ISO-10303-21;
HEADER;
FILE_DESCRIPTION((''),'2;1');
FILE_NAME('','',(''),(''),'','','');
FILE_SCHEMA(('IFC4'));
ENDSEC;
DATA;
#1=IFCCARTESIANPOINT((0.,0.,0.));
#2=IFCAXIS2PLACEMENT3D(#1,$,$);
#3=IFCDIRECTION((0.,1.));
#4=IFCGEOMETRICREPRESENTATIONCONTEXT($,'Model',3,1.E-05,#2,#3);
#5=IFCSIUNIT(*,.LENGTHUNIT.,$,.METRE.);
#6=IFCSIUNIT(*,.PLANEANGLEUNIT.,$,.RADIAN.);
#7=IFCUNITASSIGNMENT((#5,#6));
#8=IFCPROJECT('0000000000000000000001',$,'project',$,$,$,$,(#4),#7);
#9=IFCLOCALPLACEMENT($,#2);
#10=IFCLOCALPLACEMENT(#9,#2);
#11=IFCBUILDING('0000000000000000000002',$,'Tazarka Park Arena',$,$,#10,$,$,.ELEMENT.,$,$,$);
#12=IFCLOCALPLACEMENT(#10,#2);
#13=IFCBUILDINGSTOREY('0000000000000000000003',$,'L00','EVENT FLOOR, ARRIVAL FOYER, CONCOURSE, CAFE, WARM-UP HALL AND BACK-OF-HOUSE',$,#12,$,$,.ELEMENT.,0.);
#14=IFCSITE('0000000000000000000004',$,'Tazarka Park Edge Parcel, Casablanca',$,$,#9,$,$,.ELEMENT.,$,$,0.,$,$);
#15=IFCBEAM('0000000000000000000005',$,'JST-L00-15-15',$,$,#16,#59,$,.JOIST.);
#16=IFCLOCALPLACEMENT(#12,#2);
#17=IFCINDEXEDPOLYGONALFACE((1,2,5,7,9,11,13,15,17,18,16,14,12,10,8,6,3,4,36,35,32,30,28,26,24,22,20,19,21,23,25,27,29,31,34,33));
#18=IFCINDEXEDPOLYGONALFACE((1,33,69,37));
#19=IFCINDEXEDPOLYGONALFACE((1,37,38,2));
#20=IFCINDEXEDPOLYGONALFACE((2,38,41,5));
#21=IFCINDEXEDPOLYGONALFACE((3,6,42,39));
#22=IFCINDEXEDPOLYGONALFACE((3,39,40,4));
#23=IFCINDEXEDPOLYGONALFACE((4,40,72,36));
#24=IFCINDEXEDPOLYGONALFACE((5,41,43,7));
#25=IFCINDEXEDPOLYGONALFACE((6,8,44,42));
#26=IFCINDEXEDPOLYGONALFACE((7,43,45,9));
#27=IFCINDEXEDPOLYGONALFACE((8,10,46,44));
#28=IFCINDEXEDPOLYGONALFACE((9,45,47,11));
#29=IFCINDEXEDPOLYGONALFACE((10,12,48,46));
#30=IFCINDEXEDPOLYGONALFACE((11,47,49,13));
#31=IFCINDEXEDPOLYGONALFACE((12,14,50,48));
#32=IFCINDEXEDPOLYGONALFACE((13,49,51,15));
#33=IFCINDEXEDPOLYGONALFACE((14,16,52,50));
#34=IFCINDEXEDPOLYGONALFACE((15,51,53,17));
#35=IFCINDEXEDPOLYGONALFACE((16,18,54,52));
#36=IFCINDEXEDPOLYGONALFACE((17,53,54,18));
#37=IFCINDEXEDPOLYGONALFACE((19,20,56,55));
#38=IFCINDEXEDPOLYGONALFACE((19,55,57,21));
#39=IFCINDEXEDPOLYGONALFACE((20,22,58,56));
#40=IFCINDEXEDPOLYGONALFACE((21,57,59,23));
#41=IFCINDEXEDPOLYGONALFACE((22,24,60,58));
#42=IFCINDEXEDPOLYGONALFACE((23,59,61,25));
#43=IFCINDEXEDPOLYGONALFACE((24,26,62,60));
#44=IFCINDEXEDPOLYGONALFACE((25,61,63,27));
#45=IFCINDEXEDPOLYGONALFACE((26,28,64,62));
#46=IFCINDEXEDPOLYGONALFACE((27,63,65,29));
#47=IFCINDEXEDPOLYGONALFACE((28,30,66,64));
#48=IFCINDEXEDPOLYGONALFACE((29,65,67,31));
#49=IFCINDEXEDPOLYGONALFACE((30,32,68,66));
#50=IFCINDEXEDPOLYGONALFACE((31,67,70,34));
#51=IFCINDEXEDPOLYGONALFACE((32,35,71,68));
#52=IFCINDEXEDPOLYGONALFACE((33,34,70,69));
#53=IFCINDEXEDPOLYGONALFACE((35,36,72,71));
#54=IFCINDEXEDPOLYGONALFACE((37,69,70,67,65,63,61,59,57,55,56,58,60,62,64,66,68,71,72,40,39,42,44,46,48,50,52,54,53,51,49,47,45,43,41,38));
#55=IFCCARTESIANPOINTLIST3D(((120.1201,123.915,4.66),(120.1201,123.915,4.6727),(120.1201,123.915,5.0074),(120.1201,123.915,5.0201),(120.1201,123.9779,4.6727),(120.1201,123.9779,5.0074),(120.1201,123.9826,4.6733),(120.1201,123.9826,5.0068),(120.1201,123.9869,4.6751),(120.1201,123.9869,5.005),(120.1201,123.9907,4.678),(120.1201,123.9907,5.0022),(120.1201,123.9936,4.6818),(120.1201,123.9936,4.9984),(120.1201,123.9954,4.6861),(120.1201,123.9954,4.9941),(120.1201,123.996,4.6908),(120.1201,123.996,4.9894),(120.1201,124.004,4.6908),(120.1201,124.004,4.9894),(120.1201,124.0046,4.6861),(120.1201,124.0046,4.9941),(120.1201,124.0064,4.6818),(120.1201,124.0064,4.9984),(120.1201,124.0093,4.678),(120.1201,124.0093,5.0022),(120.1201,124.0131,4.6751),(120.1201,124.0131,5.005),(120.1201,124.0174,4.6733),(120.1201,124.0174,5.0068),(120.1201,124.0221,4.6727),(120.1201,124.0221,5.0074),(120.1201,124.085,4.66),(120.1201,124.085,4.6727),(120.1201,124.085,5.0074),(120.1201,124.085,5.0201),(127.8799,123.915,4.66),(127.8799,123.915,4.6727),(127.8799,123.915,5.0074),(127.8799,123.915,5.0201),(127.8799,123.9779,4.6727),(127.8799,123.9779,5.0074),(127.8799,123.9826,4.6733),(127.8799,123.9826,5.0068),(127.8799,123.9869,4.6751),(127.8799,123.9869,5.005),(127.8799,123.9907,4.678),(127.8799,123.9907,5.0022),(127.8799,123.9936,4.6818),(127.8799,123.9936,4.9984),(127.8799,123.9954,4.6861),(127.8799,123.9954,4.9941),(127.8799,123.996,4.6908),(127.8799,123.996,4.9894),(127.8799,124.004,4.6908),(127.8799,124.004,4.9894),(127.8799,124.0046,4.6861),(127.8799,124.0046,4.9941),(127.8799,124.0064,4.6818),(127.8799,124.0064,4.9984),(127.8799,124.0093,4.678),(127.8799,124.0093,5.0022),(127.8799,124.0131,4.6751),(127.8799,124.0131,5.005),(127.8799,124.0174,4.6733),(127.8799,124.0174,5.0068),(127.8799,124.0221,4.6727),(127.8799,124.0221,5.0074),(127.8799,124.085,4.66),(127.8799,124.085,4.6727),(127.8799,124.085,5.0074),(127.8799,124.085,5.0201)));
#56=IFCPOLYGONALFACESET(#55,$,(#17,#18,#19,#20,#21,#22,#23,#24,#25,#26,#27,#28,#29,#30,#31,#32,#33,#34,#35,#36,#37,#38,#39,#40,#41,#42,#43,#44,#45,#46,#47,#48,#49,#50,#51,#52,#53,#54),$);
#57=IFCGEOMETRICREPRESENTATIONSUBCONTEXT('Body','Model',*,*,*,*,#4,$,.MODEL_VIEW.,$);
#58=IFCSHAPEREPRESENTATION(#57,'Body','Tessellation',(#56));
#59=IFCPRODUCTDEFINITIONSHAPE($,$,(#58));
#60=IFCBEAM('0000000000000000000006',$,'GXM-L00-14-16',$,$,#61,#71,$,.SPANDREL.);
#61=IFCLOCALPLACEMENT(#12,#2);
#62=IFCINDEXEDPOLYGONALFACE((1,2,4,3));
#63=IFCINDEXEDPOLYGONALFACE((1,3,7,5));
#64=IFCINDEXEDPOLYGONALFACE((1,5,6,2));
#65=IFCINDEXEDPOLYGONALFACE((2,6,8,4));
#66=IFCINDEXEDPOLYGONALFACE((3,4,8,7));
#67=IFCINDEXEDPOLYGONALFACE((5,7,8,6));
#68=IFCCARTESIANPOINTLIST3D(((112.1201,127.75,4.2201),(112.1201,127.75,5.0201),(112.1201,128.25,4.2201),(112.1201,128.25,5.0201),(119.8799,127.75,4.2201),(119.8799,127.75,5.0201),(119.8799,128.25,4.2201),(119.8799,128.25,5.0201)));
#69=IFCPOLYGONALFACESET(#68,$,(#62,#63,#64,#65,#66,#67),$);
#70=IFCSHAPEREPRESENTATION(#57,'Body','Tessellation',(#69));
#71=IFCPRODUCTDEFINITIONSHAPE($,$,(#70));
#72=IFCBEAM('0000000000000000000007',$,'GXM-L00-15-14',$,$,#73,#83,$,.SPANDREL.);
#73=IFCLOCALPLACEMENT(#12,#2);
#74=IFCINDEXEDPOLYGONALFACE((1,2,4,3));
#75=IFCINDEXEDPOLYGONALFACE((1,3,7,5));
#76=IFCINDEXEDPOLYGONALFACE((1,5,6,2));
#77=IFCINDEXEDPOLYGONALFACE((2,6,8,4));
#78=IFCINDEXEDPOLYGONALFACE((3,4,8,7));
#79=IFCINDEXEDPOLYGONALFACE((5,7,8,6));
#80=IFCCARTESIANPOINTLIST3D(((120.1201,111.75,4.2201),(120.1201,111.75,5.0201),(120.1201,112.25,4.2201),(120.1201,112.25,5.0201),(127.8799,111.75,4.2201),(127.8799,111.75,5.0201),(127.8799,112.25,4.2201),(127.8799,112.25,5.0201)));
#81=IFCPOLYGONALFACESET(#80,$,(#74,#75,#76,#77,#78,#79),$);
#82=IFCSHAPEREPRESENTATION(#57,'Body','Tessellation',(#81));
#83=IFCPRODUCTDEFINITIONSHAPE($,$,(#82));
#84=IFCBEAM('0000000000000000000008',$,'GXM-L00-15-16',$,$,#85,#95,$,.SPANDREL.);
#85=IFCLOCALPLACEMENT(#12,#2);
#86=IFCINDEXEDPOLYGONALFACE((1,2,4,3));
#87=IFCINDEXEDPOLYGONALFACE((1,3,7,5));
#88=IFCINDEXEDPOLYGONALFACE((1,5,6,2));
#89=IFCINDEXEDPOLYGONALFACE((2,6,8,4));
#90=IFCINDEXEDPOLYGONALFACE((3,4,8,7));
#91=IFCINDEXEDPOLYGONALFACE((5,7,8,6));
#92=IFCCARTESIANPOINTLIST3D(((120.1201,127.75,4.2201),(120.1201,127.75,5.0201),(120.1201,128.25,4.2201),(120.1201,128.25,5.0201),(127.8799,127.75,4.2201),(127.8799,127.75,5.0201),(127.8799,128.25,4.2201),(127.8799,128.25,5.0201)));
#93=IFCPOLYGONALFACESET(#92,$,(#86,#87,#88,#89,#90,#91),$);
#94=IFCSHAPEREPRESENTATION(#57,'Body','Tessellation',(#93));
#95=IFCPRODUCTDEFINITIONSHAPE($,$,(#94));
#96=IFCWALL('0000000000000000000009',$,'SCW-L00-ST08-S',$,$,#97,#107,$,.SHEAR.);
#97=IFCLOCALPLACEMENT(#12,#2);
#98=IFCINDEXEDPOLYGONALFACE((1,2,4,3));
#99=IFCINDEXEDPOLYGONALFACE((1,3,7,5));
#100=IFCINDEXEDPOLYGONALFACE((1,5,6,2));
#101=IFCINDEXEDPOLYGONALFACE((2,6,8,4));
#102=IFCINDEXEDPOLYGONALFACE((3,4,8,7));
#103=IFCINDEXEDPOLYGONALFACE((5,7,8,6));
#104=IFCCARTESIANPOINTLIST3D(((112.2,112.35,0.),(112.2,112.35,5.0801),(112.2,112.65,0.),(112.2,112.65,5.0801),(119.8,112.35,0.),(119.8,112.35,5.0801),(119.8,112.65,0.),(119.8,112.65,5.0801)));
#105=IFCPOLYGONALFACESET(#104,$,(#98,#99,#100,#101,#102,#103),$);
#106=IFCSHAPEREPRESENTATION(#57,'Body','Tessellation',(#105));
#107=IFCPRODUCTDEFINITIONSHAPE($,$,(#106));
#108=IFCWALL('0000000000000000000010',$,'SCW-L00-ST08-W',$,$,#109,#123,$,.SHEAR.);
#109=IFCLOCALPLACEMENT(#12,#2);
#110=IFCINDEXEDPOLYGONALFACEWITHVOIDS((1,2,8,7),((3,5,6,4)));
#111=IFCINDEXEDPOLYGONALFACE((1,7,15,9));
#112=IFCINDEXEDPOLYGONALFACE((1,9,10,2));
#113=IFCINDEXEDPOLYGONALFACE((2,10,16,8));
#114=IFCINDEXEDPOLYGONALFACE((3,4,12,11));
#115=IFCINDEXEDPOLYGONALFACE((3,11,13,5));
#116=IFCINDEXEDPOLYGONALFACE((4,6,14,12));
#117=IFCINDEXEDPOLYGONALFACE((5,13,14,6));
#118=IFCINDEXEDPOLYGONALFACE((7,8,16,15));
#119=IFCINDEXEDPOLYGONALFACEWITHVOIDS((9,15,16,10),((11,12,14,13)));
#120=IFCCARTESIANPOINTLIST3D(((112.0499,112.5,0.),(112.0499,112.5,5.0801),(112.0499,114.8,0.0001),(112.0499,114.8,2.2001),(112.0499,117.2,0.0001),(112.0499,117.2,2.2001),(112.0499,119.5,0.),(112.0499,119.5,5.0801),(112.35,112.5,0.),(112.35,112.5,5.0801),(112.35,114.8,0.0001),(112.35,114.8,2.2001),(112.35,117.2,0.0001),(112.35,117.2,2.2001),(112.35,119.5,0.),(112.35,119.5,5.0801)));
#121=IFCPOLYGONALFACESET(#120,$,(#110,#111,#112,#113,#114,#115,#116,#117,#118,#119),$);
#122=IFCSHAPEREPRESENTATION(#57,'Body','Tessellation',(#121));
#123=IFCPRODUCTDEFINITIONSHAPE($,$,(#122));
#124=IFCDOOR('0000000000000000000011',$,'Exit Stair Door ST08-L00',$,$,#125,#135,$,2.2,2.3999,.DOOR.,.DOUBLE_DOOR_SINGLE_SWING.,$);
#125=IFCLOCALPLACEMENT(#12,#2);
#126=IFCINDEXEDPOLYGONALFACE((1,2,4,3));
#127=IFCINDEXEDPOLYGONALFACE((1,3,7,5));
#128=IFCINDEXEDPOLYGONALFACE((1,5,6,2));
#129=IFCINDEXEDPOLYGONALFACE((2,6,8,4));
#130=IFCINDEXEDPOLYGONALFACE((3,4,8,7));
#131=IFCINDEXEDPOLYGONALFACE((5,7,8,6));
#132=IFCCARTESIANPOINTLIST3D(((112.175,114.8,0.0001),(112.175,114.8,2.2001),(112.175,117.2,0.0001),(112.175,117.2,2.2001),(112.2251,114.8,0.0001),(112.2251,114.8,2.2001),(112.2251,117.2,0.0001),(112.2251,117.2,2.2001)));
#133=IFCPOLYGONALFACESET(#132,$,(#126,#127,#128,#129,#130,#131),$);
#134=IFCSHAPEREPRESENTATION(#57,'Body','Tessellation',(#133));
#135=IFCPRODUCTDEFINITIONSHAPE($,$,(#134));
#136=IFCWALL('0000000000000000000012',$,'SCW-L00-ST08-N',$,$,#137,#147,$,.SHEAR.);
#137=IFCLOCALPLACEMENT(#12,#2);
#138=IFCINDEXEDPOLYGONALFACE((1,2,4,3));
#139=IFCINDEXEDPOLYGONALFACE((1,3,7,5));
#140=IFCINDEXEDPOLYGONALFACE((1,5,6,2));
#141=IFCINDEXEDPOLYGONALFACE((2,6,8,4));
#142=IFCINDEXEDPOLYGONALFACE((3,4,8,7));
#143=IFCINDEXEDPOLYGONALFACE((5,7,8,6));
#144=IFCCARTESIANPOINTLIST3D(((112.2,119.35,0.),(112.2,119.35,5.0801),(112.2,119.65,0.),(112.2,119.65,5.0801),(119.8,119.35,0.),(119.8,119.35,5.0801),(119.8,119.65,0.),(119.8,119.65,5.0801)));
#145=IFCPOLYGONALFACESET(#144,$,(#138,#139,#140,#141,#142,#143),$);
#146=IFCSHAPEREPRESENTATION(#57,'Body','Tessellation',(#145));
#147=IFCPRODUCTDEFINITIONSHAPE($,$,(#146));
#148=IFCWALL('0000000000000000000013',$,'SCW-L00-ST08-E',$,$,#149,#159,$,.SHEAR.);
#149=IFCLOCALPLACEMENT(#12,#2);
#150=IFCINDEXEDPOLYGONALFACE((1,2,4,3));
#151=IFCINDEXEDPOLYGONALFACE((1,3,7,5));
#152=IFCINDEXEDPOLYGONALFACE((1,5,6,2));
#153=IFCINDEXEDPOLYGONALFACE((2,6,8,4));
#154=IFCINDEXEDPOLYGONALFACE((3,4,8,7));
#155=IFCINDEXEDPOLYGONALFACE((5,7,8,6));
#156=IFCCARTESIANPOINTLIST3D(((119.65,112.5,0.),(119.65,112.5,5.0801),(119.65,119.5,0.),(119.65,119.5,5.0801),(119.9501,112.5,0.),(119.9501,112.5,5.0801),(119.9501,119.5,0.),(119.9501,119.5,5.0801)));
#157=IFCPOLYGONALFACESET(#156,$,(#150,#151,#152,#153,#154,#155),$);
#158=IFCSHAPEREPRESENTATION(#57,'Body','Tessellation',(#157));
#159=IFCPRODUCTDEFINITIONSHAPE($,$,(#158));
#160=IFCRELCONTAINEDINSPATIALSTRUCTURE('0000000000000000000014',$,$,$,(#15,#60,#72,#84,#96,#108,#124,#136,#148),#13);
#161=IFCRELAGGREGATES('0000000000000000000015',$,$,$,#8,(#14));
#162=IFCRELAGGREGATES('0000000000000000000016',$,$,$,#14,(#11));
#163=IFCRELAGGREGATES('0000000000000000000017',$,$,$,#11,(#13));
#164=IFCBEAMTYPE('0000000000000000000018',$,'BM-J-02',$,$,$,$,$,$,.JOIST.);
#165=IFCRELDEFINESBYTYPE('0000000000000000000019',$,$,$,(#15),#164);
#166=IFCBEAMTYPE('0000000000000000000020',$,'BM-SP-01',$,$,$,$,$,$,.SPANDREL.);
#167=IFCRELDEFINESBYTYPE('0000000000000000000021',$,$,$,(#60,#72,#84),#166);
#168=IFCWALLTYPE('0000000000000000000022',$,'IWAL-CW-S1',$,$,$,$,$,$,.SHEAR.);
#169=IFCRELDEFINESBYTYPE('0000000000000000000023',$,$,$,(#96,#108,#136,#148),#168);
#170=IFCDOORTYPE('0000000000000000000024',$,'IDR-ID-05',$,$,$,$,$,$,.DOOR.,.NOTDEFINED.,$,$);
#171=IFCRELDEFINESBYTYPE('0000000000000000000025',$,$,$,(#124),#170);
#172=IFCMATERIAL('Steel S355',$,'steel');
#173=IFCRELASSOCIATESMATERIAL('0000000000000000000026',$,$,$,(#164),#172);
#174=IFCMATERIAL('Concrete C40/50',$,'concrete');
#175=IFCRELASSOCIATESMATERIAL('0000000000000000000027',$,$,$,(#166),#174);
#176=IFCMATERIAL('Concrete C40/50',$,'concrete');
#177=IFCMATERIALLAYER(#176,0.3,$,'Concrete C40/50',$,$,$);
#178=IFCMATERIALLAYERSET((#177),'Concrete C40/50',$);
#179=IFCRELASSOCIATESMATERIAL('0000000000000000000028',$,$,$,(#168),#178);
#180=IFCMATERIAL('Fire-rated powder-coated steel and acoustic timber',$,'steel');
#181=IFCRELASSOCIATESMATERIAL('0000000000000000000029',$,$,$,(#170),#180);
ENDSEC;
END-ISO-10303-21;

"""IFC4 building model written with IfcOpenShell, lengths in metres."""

from ifc_helpers import new_model, si_unit, direction, frame, frame_2d, origin, origin_2d, place, context, subcontext, project, spatial, rectangle, i_section, extrude, material, layer, layer_set, material_profile, profile_set, type_object, element, fill, save


model = new_model("IFC4")

# Units and contexts
model_context = context("Model", 3, precision=1e-05, world=origin(), true_north=direction((0.0, 1.0)))
body_context = subcontext(model_context, "Body", "Model", "MODEL_VIEW")
ifc_project = project(units=[si_unit("LENGTHUNIT", "METRE"), si_unit("PLANEANGLEUNIT", "RADIAN")], contexts=[model_context])

# Site, building, storey
site_placement = place(None, origin())
site = spatial("IfcSite", under=ifc_project, at=site_placement, Name="Tazarka Park Edge Parcel, Casablanca", CompositionType="ELEMENT", RefElevation=0.0)
building_placement = place(site_placement, origin())
building = spatial("IfcBuilding", under=site, at=building_placement, Name="Tazarka Park Arena", CompositionType="ELEMENT")
storey_placement = place(building_placement, origin())
storey = spatial("IfcBuildingStorey", under=building, at=storey_placement, Name="L00", Description="EVENT FLOOR, ARRIVAL FOYER, CONCOURSE, CAFE, WARM-UP HALL AND BACK-OF-HOUSE", CompositionType="ELEMENT", Elevation=0.0)

# Beams
ifc_material_1 = material(Name="Steel S355", Category="steel")
ifc_material_profile_1 = material_profile(ifc_material_1, i_section(OverallWidth=0.1699, OverallDepth=0.3601, WebThickness=0.0081, FlangeThickness=0.0127, FilletRadius=0.0181, at=origin_2d()), Name="Steel S355")
ifc_profile_set_1 = profile_set([ifc_material_profile_1], Name="Steel S355")
beam_type_1 = type_object("IfcBeamType", Name="BM-J-02", PredefinedType="JOIST", material=ifc_profile_set_1)
beam_placement = place(storey_placement, frame((120.1201, 124.0, 4.8401), z_axis=(1.0, 0.0, 0.0), x_axis=(0.0, 1.0, 0.0)))
element("IfcBeam", 1, at=beam_placement, inside=storey, type_object=beam_type_1, Name="JST-L00-15-15", PredefinedType="JOIST", context=body_context, shape_type="SweptSolid", body=[
    extrude(i_section(OverallWidth=0.1699, OverallDepth=0.3601, WebThickness=0.0081, FlangeThickness=0.0127, FilletRadius=0.0181, at=origin_2d()), origin(), (0.0, 0.0, 1.0), 7.7598),
])
ifc_material_2 = material(Name="Concrete C40/50", Category="concrete")
ifc_material_profile_2 = material_profile(ifc_material_2, rectangle(XDim=0.5, YDim=0.8, at=origin_2d()), Name="Concrete C40/50")
ifc_profile_set_2 = profile_set([ifc_material_profile_2], Name="Concrete C40/50")
beam_type_2 = type_object("IfcBeamType", Name="BM-SP-01", PredefinedType="SPANDREL", material=ifc_profile_set_2)
for number, where, z_axis, x_axis, name in (
    (2, (112.1201, 128.0, 4.6201), (1.0, 0.0, 0.0), (0.0, 1.0, 0.0), "GXM-L00-14-16"),
    (3, (120.1201, 112.0, 4.6201), (1.0, 0.0, 0.0), (0.0, 1.0, 0.0), "GXM-L00-15-14"),
    (4, (120.1201, 128.0, 4.6201), (1.0, 0.0, 0.0), (0.0, 1.0, 0.0), "GXM-L00-15-16"),
):
    element("IfcBeam", number, at=place(storey_placement, frame(where, z_axis=z_axis, x_axis=x_axis)), inside=storey, type_object=beam_type_2, Name=name, PredefinedType="SPANDREL", context=body_context, shape_type="SweptSolid", body=[
        extrude(rectangle(XDim=0.5, YDim=0.8, at=origin_2d()), origin(), (0.0, 0.0, 1.0), 7.7598),
    ])

# Wall
ifc_material_3 = material(Name="Concrete C40/50", Category="concrete")
ifc_layer_1 = layer(ifc_material_3, 0.3, Name="Concrete C40/50")
ifc_layer_set_1 = layer_set([ifc_layer_1], Name="Concrete C40/50")
wall_type_1 = type_object("IfcWallType", Name="IWAL-CW-S1", PredefinedType="SHEAR", material=ifc_layer_set_1)
wall_1_placement = place(storey_placement, frame((119.8, 112.5, 0.0), z_axis=(0.0, 0.0, 1.0), x_axis=(-1.0, 0.0, 0.0)))
element("IfcWall", 5, at=wall_1_placement, inside=storey, type_object=wall_type_1, Name="SCW-L00-ST08-S", PredefinedType="SHEAR", context=body_context, shape_type="SweptSolid", body=[
    extrude(rectangle(XDim=7.6001, YDim=0.3, at=frame_2d((3.8, 0.0))), origin(), (0.0, 0.0, 1.0), 5.0801),
])

# Wall, opening, door
wall_2_placement = place(storey_placement, frame((112.2, 112.5, 0.0), z_axis=(0.0, 0.0, 1.0), x_axis=(0.0, 1.0, 0.0)))
wall_2 = element("IfcWall", 6, at=wall_2_placement, inside=storey, type_object=wall_type_1, Name="SCW-L00-ST08-W", PredefinedType="SHEAR", context=body_context, shape_type="SweptSolid", body=[
    extrude(rectangle(XDim=7.0, YDim=0.3, at=frame_2d((3.5, 0.0))), origin(), (0.0, 0.0, 1.0), 5.0801),
])
opening_1_placement = place(wall_2_placement, frame((2.3, 0.0, 0.0)))
opening_1 = element("IfcOpeningElement", 7, at=opening_1_placement, cuts=wall_2, PredefinedType="OPENING", context=body_context, shape_type="SweptSolid", body=[
    extrude(rectangle(XDim=2.3999, YDim=2.2, at=frame_2d((1.2, 1.1001))), frame((0.0, 0.1602, 0.0), z_axis=(0.0, -1.0, 0.0), x_axis=(1.0, 0.0, 0.0)), (0.0, 0.0, 1.0), 0.3201),
])
ifc_material_4 = material(Name="Fire-rated powder-coated steel and acoustic timber", Category="steel")
door_type = type_object("IfcDoorType", Name="IDR-ID-05", OperationType="NOTDEFINED", PredefinedType="DOOR", material=ifc_material_4)
door_placement = place(opening_1_placement, origin())
door = element("IfcDoor", 8, at=door_placement, inside=storey, type_object=door_type, Name="Exit Stair Door ST08-L00", OperationType="DOUBLE_DOOR_SINGLE_SWING", OverallHeight=2.2, OverallWidth=2.3999, PredefinedType="DOOR", context=body_context, shape_type="SweptSolid", body=[
    extrude(rectangle(XDim=2.3999, YDim=2.2, at=frame_2d((1.2, 1.1001))), frame((0.0, 0.0249, 0.0), z_axis=(0.0, -1.0, 0.0), x_axis=(1.0, 0.0, 0.0)), (0.0, 0.0, 1.0), 0.05),
])
fill(opening_1, door)

# Walls
wall_3_placement = place(storey_placement, frame((112.2, 119.5, 0.0), z_axis=(0.0, 0.0, 1.0), x_axis=(1.0, 0.0, 0.0)))
element("IfcWall", 9, at=wall_3_placement, inside=storey, type_object=wall_type_1, Name="SCW-L00-ST08-N", PredefinedType="SHEAR", context=body_context, shape_type="SweptSolid", body=[
    extrude(rectangle(XDim=7.6001, YDim=0.3, at=frame_2d((3.8, 0.0))), origin(), (0.0, 0.0, 1.0), 5.0801),
])
wall_4_placement = place(storey_placement, frame((119.8, 119.5, 0.0), z_axis=(0.0, 0.0, 1.0), x_axis=(0.0, -1.0, 0.0)))
element("IfcWall", 10, at=wall_4_placement, inside=storey, type_object=wall_type_1, Name="SCW-L00-ST08-E", PredefinedType="SHEAR", context=body_context, shape_type="SweptSolid", body=[
    extrude(rectangle(XDim=7.0, YDim=0.3, at=frame_2d((3.5, 0.0))), origin(), (0.0, 0.0, 1.0), 5.0801),
])

save(model, "model.ifc")
